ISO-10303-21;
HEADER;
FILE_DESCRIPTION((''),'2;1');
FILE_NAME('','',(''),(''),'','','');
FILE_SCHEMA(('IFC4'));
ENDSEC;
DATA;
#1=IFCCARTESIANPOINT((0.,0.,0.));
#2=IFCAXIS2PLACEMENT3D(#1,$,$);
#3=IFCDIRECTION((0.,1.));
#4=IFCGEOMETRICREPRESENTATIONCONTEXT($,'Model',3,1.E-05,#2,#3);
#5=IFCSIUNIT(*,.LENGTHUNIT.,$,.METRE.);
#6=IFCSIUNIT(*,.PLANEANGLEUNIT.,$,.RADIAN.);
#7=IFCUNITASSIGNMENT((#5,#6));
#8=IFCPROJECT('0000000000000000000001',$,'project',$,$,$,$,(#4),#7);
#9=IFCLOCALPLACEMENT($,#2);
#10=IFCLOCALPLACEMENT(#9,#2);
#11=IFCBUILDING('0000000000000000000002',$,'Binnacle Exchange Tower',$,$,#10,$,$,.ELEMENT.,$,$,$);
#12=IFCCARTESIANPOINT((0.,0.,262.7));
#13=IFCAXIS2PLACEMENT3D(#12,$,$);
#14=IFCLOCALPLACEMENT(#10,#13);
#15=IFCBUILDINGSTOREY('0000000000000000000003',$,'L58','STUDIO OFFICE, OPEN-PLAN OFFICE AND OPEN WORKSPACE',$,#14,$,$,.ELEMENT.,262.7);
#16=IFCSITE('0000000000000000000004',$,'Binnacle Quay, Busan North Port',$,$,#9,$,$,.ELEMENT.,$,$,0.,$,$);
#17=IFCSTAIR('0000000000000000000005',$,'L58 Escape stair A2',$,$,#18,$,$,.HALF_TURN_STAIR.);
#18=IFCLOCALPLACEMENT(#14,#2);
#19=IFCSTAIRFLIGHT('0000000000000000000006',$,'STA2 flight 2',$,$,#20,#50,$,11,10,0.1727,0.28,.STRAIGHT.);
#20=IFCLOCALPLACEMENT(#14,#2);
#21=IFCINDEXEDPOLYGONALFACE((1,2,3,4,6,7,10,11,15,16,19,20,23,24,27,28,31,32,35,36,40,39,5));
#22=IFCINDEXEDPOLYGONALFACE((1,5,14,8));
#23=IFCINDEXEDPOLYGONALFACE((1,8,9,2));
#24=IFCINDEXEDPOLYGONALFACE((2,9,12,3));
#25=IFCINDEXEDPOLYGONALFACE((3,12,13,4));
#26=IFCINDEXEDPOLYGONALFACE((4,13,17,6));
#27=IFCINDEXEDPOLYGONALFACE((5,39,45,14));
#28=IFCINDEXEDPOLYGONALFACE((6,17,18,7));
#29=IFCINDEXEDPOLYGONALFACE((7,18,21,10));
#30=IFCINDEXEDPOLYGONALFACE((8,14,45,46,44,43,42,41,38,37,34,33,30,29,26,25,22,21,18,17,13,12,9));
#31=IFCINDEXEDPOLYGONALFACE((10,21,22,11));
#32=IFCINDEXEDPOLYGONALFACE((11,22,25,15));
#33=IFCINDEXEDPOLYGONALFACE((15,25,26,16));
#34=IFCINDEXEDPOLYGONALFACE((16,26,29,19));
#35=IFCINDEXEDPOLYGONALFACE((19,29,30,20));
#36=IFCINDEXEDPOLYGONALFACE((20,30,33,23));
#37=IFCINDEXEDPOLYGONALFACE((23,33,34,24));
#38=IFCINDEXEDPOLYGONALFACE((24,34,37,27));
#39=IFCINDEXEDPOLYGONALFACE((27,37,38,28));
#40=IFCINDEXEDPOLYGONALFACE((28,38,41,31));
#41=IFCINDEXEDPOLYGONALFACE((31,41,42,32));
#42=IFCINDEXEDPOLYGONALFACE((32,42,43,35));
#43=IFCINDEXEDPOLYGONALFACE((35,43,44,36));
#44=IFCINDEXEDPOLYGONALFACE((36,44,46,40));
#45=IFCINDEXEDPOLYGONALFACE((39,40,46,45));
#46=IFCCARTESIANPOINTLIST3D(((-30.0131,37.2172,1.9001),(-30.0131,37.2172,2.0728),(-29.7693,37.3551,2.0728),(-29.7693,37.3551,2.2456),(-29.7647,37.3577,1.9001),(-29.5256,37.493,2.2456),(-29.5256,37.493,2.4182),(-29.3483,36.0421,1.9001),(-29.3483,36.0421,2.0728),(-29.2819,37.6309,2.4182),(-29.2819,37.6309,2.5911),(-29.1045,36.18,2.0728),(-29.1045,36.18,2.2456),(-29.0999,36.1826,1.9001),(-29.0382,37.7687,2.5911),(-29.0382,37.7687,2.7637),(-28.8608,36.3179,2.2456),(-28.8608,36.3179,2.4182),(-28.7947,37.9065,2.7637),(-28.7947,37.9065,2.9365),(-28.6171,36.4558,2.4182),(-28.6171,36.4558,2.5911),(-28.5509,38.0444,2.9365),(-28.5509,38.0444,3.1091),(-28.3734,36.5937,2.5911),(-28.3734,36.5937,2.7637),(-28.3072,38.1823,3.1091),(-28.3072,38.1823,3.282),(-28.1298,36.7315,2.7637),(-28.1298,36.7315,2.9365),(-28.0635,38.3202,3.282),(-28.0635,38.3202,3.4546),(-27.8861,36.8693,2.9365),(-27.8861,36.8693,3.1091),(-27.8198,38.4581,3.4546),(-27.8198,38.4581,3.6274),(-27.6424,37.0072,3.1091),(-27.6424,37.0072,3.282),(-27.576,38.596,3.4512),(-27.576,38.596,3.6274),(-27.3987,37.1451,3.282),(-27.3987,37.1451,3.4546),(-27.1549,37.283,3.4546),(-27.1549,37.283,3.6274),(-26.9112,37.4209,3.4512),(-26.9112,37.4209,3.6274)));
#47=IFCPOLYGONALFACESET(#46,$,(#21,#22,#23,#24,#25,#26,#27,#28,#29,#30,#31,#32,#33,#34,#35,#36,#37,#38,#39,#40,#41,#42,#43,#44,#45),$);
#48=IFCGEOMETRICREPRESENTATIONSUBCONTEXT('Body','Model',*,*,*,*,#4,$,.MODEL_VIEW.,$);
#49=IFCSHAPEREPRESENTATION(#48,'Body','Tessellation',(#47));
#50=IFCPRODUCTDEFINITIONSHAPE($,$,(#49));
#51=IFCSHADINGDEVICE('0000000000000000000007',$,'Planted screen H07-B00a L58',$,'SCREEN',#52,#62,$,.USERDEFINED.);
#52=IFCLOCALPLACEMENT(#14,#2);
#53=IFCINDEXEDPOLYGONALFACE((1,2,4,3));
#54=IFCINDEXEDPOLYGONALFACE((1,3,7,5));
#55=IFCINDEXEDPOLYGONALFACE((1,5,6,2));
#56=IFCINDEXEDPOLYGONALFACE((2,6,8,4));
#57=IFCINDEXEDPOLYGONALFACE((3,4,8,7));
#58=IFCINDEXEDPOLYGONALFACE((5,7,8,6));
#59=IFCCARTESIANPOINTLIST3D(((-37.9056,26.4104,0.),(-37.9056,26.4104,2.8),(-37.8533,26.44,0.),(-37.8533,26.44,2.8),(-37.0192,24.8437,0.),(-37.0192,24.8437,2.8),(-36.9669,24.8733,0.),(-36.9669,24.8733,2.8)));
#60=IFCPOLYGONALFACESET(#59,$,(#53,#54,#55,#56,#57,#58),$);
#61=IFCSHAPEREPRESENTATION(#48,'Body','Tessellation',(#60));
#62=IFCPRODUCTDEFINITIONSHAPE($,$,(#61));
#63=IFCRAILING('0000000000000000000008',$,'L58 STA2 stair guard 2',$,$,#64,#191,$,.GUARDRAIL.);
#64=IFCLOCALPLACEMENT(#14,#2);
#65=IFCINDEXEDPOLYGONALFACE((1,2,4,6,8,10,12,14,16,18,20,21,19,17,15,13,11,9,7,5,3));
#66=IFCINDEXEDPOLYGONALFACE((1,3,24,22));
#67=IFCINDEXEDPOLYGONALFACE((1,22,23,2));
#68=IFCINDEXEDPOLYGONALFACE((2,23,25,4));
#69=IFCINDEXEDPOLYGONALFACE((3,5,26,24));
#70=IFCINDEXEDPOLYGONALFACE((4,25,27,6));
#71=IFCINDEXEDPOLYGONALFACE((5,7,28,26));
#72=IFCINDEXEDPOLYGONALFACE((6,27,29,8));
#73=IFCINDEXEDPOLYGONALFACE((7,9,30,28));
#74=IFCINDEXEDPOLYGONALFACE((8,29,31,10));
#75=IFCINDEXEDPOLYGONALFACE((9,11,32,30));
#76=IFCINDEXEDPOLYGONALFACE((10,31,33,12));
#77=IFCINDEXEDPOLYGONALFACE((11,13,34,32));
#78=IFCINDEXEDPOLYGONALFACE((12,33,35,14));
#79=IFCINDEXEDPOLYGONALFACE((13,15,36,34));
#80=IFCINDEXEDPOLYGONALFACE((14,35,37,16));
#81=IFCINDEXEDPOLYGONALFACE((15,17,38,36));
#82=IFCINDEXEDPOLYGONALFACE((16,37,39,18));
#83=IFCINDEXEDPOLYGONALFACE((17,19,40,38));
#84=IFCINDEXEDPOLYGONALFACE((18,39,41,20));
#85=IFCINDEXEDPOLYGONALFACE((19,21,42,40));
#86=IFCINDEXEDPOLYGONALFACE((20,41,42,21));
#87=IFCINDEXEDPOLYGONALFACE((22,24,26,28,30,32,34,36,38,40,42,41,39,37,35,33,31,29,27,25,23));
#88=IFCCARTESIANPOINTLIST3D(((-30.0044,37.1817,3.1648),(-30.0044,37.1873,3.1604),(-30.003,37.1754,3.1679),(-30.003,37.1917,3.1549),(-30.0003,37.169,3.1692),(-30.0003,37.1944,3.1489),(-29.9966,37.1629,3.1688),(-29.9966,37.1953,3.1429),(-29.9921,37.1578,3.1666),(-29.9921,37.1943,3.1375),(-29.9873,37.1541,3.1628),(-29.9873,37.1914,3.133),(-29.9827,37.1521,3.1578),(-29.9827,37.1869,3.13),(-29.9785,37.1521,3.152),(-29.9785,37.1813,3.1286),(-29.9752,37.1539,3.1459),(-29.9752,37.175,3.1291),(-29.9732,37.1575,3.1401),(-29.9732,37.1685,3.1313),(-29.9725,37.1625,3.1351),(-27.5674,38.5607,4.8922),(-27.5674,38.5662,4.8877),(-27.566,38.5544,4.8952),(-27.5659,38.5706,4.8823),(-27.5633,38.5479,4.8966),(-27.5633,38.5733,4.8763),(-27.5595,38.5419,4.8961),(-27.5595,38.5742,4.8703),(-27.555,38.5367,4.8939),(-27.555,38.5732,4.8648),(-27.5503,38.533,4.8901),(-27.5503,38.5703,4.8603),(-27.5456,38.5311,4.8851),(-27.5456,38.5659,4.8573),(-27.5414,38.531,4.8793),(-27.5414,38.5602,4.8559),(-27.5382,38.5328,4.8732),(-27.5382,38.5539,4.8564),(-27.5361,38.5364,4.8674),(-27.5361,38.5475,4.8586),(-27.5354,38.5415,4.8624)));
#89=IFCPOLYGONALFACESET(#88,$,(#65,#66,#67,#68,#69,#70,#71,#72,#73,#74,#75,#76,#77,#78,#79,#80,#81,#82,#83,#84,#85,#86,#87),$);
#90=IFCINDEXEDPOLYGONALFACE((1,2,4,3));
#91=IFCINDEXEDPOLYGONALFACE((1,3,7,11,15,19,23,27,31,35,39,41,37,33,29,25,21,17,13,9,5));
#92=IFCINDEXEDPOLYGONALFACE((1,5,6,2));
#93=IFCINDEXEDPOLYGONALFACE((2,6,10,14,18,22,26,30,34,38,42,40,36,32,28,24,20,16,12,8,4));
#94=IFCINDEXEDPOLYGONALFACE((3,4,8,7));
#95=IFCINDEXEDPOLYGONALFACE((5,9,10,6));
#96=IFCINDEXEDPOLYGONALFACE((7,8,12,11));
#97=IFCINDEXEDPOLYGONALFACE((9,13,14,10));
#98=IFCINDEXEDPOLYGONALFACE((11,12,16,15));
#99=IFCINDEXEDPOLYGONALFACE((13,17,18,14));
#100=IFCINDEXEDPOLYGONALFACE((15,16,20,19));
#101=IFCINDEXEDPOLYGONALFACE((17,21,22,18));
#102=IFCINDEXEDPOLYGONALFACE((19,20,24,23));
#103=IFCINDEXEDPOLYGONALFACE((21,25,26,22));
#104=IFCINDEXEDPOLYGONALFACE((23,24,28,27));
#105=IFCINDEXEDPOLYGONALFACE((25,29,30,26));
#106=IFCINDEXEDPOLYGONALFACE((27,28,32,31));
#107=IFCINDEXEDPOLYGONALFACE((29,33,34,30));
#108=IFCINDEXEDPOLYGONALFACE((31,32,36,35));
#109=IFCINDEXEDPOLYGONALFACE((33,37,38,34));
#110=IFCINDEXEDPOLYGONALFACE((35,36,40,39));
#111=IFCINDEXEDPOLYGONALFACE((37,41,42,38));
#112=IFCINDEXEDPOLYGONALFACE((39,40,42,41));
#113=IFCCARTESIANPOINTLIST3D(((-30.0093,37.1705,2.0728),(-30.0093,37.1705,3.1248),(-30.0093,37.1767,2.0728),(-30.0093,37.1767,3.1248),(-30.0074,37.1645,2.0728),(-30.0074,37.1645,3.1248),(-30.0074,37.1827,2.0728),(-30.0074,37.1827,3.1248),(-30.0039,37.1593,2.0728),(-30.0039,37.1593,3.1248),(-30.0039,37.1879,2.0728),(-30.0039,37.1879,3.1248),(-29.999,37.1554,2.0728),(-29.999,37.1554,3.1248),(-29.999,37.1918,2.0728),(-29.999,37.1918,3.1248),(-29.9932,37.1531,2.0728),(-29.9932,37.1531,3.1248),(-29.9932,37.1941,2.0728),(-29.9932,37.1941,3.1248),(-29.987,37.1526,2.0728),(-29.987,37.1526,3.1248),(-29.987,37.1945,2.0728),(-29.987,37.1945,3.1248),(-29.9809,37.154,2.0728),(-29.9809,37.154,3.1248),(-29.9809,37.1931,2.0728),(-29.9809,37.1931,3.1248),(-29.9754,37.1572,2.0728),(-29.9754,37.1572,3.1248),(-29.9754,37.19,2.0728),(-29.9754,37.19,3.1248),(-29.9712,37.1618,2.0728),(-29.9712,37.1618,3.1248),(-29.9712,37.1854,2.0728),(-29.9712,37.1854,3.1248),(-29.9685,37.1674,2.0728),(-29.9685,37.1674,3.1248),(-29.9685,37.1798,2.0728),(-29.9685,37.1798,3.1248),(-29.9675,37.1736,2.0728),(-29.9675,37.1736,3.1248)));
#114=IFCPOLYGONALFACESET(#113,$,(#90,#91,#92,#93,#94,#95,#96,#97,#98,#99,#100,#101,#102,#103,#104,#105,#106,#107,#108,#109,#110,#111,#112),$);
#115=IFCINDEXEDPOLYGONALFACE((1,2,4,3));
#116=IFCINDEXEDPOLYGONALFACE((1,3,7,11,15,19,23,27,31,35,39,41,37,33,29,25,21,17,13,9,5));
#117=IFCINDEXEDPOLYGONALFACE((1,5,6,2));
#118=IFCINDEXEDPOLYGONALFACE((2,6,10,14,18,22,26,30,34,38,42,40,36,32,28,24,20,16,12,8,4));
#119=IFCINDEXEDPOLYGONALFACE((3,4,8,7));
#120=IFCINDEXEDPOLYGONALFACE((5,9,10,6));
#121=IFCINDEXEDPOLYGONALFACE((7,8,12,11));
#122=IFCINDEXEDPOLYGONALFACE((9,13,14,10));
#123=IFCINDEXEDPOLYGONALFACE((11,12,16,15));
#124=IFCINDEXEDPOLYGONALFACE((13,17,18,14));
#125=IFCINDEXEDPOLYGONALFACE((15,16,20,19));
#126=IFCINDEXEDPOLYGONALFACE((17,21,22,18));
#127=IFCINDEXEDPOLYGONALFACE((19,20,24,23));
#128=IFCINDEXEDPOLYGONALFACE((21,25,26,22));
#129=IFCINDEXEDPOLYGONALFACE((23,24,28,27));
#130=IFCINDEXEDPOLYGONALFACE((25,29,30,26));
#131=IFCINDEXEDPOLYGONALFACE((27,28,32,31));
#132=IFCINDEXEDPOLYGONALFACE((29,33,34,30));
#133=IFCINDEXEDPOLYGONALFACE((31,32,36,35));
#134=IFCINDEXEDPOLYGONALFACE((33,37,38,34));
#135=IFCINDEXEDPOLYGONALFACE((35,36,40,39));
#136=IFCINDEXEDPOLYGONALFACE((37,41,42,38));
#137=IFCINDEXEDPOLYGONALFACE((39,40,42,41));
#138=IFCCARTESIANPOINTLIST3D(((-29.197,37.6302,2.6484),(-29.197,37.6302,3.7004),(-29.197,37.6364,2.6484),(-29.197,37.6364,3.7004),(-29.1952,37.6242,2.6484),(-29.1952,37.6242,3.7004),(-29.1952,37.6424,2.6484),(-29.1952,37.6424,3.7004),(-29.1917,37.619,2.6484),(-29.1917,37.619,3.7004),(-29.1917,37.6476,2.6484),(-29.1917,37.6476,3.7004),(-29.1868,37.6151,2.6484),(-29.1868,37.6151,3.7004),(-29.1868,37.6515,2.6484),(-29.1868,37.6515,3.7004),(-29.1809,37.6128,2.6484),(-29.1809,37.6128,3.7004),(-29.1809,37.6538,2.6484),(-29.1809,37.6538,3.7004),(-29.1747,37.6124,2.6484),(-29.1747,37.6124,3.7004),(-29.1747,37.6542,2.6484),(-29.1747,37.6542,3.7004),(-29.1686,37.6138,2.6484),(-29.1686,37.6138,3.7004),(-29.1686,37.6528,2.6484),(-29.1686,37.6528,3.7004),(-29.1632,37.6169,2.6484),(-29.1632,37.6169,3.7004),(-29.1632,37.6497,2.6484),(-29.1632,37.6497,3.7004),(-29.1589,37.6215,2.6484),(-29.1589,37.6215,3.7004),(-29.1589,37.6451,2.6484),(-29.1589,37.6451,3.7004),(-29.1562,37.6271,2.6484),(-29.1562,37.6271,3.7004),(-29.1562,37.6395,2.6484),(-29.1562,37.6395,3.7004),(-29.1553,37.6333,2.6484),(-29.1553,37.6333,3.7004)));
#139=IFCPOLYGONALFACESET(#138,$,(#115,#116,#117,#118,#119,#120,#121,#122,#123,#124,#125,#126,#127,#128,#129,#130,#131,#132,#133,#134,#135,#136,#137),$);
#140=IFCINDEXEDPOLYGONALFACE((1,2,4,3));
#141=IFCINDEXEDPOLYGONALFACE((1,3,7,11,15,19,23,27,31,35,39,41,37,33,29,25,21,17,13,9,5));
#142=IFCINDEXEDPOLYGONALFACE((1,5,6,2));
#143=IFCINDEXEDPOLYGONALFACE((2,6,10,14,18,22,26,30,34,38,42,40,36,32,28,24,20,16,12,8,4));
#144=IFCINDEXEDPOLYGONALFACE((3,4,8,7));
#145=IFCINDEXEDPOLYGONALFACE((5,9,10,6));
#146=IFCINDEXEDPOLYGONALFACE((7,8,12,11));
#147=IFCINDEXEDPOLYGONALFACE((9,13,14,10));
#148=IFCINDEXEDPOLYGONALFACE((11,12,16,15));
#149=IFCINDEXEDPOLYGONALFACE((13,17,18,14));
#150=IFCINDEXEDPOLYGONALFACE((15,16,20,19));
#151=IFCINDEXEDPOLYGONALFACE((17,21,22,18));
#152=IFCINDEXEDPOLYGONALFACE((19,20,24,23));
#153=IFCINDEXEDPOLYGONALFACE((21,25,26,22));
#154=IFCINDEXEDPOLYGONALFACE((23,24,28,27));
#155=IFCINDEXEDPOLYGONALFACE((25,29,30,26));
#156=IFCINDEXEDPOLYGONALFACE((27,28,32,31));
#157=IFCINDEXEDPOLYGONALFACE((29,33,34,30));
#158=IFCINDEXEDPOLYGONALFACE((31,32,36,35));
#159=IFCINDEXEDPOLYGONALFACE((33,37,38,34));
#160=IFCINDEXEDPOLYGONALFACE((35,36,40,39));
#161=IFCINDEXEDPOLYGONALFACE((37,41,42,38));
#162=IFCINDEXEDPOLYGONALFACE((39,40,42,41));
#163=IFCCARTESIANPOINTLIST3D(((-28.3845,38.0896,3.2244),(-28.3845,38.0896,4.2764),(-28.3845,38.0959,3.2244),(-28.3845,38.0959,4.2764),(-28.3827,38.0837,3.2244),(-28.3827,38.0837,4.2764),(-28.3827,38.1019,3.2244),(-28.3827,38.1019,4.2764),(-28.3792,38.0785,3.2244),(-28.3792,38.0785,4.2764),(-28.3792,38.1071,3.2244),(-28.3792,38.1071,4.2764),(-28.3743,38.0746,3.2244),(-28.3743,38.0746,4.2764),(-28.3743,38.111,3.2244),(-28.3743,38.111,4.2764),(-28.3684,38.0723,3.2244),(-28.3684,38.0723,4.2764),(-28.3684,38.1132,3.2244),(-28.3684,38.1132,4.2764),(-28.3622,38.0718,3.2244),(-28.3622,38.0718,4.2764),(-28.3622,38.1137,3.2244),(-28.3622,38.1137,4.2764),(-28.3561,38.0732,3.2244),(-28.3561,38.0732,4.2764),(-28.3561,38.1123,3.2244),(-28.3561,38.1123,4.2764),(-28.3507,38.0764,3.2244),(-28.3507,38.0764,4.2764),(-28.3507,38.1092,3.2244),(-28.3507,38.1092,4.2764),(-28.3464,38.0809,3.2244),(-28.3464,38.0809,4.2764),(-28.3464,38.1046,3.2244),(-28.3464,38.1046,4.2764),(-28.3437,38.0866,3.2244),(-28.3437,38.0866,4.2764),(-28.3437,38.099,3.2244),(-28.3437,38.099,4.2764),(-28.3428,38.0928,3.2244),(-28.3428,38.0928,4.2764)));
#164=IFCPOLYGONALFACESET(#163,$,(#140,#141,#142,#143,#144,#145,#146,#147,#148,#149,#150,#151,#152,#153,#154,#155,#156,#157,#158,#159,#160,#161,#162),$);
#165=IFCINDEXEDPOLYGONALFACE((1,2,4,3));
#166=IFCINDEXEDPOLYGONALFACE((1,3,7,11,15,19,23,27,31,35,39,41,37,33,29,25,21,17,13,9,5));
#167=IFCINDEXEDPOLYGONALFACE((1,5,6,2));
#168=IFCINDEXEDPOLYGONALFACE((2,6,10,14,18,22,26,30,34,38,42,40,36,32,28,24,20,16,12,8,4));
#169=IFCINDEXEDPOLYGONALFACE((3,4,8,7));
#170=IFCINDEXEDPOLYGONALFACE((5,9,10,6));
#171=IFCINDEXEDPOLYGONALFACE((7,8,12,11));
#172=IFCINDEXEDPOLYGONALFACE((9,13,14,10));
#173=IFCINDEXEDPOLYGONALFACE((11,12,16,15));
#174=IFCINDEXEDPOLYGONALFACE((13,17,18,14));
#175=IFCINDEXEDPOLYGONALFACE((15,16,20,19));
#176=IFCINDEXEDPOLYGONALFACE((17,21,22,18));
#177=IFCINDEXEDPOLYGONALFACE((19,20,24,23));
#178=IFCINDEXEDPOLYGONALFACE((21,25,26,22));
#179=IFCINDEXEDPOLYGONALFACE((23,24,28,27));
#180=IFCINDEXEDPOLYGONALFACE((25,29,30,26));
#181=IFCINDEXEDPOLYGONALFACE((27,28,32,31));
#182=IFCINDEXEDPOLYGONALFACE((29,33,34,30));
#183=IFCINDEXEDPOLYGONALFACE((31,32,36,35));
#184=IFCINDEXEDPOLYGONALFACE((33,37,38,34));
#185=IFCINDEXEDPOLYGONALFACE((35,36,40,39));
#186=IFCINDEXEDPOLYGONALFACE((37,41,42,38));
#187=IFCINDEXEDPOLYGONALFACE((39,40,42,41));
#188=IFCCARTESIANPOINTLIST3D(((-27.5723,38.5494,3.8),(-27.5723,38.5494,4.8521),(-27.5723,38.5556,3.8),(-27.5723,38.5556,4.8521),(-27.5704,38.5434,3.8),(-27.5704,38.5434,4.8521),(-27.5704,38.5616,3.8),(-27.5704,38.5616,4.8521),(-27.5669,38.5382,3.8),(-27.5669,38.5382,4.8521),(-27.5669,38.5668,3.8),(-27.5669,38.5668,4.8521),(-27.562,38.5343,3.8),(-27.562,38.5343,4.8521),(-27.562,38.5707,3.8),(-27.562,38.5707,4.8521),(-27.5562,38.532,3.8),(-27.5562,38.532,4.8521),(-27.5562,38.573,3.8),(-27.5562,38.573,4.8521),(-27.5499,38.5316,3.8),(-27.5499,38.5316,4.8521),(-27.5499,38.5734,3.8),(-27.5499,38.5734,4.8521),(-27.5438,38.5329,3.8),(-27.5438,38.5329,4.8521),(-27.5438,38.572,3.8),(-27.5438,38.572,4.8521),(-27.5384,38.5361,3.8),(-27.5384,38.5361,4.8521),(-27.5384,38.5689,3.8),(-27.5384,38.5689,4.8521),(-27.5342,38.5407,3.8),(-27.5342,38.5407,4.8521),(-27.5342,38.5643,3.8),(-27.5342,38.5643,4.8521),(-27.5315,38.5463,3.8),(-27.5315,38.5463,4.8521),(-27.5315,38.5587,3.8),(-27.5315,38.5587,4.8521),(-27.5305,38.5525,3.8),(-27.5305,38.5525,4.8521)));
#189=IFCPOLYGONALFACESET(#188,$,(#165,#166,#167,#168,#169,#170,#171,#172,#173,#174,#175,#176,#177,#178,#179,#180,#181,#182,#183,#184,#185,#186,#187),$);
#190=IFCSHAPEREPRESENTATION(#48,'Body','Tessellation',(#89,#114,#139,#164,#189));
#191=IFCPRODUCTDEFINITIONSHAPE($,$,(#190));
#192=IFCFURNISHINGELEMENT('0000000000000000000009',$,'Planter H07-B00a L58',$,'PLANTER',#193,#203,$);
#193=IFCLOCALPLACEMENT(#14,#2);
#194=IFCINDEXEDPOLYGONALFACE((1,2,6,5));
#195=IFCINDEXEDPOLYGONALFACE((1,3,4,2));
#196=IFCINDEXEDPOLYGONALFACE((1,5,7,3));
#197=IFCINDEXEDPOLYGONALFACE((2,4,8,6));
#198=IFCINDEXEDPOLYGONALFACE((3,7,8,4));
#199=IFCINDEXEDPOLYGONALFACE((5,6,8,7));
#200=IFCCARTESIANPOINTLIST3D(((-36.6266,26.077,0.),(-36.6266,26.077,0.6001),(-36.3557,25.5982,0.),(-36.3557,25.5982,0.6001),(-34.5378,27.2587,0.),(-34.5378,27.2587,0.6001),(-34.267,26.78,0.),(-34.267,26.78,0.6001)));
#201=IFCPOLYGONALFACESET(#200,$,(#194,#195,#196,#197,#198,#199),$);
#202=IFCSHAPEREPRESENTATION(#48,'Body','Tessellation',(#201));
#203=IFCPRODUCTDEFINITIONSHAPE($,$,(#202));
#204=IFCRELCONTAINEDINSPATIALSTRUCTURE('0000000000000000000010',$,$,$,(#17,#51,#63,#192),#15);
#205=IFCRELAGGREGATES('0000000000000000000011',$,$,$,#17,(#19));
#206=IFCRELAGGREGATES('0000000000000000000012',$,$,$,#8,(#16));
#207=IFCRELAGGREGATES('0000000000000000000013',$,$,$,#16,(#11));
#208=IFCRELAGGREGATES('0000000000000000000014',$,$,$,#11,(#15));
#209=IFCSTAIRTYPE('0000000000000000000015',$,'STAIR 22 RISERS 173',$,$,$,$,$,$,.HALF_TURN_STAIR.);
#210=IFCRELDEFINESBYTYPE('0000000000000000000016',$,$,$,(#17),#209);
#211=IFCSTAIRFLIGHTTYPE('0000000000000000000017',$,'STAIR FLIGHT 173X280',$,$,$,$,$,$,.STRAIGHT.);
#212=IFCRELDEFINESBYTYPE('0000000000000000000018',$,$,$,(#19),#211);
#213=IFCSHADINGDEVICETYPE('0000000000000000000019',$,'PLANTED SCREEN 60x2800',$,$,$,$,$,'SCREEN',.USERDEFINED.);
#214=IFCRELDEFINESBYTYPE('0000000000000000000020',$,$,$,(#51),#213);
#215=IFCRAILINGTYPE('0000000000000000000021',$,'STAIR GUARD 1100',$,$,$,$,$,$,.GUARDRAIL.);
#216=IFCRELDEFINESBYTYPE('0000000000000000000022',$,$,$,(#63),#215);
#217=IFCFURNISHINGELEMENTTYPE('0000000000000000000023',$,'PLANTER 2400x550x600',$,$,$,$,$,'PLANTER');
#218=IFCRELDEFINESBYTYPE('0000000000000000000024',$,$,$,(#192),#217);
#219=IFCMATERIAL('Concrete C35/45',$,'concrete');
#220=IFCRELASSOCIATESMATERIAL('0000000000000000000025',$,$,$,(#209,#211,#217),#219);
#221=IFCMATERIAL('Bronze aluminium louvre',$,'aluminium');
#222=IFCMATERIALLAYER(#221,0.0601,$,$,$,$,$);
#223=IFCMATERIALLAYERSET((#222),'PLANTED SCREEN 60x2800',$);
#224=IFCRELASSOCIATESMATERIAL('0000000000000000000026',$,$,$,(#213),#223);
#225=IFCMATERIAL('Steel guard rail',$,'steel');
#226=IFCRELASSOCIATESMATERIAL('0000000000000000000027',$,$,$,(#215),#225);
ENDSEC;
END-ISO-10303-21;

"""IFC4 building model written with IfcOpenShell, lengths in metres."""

from ifc_helpers import new_model, si_unit, direction, frame, origin, origin_2d, place, context, subcontext, project, spatial, polyline, rectangle, circle, outline, extrude, material, layer, layer_set, type_object, element, aggregate, save


model = new_model("IFC4")

# Units and contexts
model_context = context("Model", 3, precision=1e-05, world=origin(), true_north=direction((0.0, 1.0)))
body_context = subcontext(model_context, "Body", "Model", "MODEL_VIEW")
ifc_project = project(units=[si_unit("LENGTHUNIT", "METRE"), si_unit("PLANEANGLEUNIT", "RADIAN")], contexts=[model_context])

# Site, building, storey
site_placement = place(None, origin())
site = spatial("IfcSite", under=ifc_project, at=site_placement, Name="Binnacle Quay, Busan North Port", CompositionType="ELEMENT", RefElevation=0.0)
building_placement = place(site_placement, origin())
building = spatial("IfcBuilding", under=site, at=building_placement, Name="Binnacle Exchange Tower", CompositionType="ELEMENT")
storey_placement = place(building_placement, frame((0.0, 0.0, 262.7)))
storey = spatial("IfcBuildingStorey", under=building, at=storey_placement, Name="L58", Description="STUDIO OFFICE, OPEN-PLAN OFFICE AND OPEN WORKSPACE", CompositionType="ELEMENT", Elevation=262.7)

# Stair, stair flight
ifc_material_1 = material(Name="Concrete C35/45", Category="concrete")
stair_type = type_object("IfcStairType", Name="STAIR 22 RISERS 173", PredefinedType="HALF_TURN_STAIR", material=ifc_material_1)
stair_placement = place(storey_placement, origin())
stair = element("IfcStair", 1, at=stair_placement, inside=storey, type_object=stair_type, Name="L58 Escape stair A2", PredefinedType="HALF_TURN_STAIR")
stair_flight_type = type_object("IfcStairFlightType", Name="STAIR FLIGHT 173X280", PredefinedType="STRAIGHT", material=ifc_material_1)
stair_flight_placement = place(storey_placement, frame((-29.6807, 36.6296, 1.9001), z_axis=(0.0, 0.0, 1.0), x_axis=(0.870356, 0.492424, 0.0)))
stair_flight = element("IfcStairFlight", 2, at=stair_flight_placement, type_object=stair_flight_type, Name="STA2 flight 2", NumberOfRisers=11, NumberOfTreads=10, PredefinedType="STRAIGHT", RiserHeight=0.1727, TreadLength=0.28, context=body_context, shape_type="SweptSolid", body=[
    extrude(outline(polyline([(0.0, 0.0), (0.0, 0.1726), (0.28, 0.1726), (0.28, 0.3455), (0.5601, 0.3455), (0.5601, 0.5181), (0.8401, 0.5181), (0.8401, 0.6909), (1.1201, 0.6909), (1.1201, 0.8635), (1.3999, 0.8635), (1.3999, 1.0364), (1.6799, 1.0364), (1.6799, 1.209), (1.96, 1.209), (1.96, 1.3818), (2.24, 1.3818), (2.24, 1.5544), (2.52, 1.5544), (2.52, 1.7273), (2.8, 1.7273), (2.8, 1.8999), (2.8, 1.551), (0.2854, 0.0), (0.0, 0.0)])), frame((0.0, 0.675, 0.0), z_axis=(0.0, -1.0, 0.0), x_axis=(1.0, 0.0, 0.0)), (0.0, 0.0, 1.0), 1.3501),
])
aggregate(stair, [stair_flight])

# Shading device
ifc_material_2 = material(Name="Bronze aluminium louvre", Category="aluminium")
ifc_layer_1 = layer(ifc_material_2, 0.0601)
ifc_layer_set_1 = layer_set([ifc_layer_1], Name="PLANTED SCREEN 60x2800")
shading_device_type = type_object("IfcShadingDeviceType", Name="PLANTED SCREEN 60x2800", ElementType="SCREEN", PredefinedType="USERDEFINED", material=ifc_layer_set_1)
shading_device_placement = place(storey_placement, frame((-37.4363, 25.6418, 0.0), z_axis=(0.0, 0.0, 1.0), x_axis=(0.870356, 0.492424, 0.0)))
element("IfcShadingDevice", 3, at=shading_device_placement, inside=storey, type_object=shading_device_type, Name="Planted screen H07-B00a L58", ObjectType="SCREEN", PredefinedType="USERDEFINED", context=body_context, shape_type="SweptSolid", body=[
    extrude(rectangle(XDim=0.0601, YDim=1.8, at=origin_2d()), origin(), (0.0, 0.0, 1.0), 2.8),
])

# Railing
ifc_material_3 = material(Name="Steel guard rail", Category="steel")
railing_type_1 = type_object("IfcRailingType", Name="STAIR GUARD 1100", PredefinedType="GUARDRAIL", material=ifc_material_3)
railing_1_placement = place(storey_placement, frame((-29.9885, 37.1736, 2.0728)))
element("IfcRailing", 4, at=railing_1_placement, inside=storey, type_object=railing_type_1, Name="L58 STA2 stair guard 2", PredefinedType="GUARDRAIL", context=body_context, shape_type="SweptSolid", body=[
    extrude(circle(Radius=0.0239, at=origin_2d()), frame((0.0, 0.0, 1.0762), z_axis=(0.740738, 0.419123, 0.525017), x_axis=(-0.492454, 0.870339, 0.0)), (0.0, 0.0, 1.0), 3.29),
    extrude(circle(Radius=0.021, at=origin_2d()), origin(), (0.0, 0.0, 1.0), 1.052),
    extrude(circle(Radius=0.021, at=origin_2d()), frame((0.8123, 0.4597, 0.5757)), (0.0, 0.0, 1.0), 1.052),
    extrude(circle(Radius=0.021, at=origin_2d()), frame((1.6248, 0.9192, 1.1516)), (0.0, 0.0, 1.0), 1.052),
    extrude(circle(Radius=0.021, at=origin_2d()), frame((2.437, 1.3789, 1.7273)), (0.0, 0.0, 1.0), 1.052),
])

# Furnishing element
furnishing_element_type = type_object("IfcFurnishingElementType", Name="PLANTER 2400x550x600", ElementType="PLANTER", material=ifc_material_1)
furnishing_placement = place(storey_placement, frame((-35.4468, 26.4285, 0.0), z_axis=(0.0, 0.0, 1.0), x_axis=(0.870356, 0.492424, 0.0)))
element("IfcFurnishingElement", 5, at=furnishing_placement, inside=storey, type_object=furnishing_element_type, Name="Planter H07-B00a L58", ObjectType="PLANTER", context=body_context, shape_type="SweptSolid", body=[
    extrude(rectangle(XDim=2.3999, YDim=0.55, at=origin_2d()), origin(), (0.0, 0.0, 1.0), 0.6001),
])

save(model, "model.ifc")
